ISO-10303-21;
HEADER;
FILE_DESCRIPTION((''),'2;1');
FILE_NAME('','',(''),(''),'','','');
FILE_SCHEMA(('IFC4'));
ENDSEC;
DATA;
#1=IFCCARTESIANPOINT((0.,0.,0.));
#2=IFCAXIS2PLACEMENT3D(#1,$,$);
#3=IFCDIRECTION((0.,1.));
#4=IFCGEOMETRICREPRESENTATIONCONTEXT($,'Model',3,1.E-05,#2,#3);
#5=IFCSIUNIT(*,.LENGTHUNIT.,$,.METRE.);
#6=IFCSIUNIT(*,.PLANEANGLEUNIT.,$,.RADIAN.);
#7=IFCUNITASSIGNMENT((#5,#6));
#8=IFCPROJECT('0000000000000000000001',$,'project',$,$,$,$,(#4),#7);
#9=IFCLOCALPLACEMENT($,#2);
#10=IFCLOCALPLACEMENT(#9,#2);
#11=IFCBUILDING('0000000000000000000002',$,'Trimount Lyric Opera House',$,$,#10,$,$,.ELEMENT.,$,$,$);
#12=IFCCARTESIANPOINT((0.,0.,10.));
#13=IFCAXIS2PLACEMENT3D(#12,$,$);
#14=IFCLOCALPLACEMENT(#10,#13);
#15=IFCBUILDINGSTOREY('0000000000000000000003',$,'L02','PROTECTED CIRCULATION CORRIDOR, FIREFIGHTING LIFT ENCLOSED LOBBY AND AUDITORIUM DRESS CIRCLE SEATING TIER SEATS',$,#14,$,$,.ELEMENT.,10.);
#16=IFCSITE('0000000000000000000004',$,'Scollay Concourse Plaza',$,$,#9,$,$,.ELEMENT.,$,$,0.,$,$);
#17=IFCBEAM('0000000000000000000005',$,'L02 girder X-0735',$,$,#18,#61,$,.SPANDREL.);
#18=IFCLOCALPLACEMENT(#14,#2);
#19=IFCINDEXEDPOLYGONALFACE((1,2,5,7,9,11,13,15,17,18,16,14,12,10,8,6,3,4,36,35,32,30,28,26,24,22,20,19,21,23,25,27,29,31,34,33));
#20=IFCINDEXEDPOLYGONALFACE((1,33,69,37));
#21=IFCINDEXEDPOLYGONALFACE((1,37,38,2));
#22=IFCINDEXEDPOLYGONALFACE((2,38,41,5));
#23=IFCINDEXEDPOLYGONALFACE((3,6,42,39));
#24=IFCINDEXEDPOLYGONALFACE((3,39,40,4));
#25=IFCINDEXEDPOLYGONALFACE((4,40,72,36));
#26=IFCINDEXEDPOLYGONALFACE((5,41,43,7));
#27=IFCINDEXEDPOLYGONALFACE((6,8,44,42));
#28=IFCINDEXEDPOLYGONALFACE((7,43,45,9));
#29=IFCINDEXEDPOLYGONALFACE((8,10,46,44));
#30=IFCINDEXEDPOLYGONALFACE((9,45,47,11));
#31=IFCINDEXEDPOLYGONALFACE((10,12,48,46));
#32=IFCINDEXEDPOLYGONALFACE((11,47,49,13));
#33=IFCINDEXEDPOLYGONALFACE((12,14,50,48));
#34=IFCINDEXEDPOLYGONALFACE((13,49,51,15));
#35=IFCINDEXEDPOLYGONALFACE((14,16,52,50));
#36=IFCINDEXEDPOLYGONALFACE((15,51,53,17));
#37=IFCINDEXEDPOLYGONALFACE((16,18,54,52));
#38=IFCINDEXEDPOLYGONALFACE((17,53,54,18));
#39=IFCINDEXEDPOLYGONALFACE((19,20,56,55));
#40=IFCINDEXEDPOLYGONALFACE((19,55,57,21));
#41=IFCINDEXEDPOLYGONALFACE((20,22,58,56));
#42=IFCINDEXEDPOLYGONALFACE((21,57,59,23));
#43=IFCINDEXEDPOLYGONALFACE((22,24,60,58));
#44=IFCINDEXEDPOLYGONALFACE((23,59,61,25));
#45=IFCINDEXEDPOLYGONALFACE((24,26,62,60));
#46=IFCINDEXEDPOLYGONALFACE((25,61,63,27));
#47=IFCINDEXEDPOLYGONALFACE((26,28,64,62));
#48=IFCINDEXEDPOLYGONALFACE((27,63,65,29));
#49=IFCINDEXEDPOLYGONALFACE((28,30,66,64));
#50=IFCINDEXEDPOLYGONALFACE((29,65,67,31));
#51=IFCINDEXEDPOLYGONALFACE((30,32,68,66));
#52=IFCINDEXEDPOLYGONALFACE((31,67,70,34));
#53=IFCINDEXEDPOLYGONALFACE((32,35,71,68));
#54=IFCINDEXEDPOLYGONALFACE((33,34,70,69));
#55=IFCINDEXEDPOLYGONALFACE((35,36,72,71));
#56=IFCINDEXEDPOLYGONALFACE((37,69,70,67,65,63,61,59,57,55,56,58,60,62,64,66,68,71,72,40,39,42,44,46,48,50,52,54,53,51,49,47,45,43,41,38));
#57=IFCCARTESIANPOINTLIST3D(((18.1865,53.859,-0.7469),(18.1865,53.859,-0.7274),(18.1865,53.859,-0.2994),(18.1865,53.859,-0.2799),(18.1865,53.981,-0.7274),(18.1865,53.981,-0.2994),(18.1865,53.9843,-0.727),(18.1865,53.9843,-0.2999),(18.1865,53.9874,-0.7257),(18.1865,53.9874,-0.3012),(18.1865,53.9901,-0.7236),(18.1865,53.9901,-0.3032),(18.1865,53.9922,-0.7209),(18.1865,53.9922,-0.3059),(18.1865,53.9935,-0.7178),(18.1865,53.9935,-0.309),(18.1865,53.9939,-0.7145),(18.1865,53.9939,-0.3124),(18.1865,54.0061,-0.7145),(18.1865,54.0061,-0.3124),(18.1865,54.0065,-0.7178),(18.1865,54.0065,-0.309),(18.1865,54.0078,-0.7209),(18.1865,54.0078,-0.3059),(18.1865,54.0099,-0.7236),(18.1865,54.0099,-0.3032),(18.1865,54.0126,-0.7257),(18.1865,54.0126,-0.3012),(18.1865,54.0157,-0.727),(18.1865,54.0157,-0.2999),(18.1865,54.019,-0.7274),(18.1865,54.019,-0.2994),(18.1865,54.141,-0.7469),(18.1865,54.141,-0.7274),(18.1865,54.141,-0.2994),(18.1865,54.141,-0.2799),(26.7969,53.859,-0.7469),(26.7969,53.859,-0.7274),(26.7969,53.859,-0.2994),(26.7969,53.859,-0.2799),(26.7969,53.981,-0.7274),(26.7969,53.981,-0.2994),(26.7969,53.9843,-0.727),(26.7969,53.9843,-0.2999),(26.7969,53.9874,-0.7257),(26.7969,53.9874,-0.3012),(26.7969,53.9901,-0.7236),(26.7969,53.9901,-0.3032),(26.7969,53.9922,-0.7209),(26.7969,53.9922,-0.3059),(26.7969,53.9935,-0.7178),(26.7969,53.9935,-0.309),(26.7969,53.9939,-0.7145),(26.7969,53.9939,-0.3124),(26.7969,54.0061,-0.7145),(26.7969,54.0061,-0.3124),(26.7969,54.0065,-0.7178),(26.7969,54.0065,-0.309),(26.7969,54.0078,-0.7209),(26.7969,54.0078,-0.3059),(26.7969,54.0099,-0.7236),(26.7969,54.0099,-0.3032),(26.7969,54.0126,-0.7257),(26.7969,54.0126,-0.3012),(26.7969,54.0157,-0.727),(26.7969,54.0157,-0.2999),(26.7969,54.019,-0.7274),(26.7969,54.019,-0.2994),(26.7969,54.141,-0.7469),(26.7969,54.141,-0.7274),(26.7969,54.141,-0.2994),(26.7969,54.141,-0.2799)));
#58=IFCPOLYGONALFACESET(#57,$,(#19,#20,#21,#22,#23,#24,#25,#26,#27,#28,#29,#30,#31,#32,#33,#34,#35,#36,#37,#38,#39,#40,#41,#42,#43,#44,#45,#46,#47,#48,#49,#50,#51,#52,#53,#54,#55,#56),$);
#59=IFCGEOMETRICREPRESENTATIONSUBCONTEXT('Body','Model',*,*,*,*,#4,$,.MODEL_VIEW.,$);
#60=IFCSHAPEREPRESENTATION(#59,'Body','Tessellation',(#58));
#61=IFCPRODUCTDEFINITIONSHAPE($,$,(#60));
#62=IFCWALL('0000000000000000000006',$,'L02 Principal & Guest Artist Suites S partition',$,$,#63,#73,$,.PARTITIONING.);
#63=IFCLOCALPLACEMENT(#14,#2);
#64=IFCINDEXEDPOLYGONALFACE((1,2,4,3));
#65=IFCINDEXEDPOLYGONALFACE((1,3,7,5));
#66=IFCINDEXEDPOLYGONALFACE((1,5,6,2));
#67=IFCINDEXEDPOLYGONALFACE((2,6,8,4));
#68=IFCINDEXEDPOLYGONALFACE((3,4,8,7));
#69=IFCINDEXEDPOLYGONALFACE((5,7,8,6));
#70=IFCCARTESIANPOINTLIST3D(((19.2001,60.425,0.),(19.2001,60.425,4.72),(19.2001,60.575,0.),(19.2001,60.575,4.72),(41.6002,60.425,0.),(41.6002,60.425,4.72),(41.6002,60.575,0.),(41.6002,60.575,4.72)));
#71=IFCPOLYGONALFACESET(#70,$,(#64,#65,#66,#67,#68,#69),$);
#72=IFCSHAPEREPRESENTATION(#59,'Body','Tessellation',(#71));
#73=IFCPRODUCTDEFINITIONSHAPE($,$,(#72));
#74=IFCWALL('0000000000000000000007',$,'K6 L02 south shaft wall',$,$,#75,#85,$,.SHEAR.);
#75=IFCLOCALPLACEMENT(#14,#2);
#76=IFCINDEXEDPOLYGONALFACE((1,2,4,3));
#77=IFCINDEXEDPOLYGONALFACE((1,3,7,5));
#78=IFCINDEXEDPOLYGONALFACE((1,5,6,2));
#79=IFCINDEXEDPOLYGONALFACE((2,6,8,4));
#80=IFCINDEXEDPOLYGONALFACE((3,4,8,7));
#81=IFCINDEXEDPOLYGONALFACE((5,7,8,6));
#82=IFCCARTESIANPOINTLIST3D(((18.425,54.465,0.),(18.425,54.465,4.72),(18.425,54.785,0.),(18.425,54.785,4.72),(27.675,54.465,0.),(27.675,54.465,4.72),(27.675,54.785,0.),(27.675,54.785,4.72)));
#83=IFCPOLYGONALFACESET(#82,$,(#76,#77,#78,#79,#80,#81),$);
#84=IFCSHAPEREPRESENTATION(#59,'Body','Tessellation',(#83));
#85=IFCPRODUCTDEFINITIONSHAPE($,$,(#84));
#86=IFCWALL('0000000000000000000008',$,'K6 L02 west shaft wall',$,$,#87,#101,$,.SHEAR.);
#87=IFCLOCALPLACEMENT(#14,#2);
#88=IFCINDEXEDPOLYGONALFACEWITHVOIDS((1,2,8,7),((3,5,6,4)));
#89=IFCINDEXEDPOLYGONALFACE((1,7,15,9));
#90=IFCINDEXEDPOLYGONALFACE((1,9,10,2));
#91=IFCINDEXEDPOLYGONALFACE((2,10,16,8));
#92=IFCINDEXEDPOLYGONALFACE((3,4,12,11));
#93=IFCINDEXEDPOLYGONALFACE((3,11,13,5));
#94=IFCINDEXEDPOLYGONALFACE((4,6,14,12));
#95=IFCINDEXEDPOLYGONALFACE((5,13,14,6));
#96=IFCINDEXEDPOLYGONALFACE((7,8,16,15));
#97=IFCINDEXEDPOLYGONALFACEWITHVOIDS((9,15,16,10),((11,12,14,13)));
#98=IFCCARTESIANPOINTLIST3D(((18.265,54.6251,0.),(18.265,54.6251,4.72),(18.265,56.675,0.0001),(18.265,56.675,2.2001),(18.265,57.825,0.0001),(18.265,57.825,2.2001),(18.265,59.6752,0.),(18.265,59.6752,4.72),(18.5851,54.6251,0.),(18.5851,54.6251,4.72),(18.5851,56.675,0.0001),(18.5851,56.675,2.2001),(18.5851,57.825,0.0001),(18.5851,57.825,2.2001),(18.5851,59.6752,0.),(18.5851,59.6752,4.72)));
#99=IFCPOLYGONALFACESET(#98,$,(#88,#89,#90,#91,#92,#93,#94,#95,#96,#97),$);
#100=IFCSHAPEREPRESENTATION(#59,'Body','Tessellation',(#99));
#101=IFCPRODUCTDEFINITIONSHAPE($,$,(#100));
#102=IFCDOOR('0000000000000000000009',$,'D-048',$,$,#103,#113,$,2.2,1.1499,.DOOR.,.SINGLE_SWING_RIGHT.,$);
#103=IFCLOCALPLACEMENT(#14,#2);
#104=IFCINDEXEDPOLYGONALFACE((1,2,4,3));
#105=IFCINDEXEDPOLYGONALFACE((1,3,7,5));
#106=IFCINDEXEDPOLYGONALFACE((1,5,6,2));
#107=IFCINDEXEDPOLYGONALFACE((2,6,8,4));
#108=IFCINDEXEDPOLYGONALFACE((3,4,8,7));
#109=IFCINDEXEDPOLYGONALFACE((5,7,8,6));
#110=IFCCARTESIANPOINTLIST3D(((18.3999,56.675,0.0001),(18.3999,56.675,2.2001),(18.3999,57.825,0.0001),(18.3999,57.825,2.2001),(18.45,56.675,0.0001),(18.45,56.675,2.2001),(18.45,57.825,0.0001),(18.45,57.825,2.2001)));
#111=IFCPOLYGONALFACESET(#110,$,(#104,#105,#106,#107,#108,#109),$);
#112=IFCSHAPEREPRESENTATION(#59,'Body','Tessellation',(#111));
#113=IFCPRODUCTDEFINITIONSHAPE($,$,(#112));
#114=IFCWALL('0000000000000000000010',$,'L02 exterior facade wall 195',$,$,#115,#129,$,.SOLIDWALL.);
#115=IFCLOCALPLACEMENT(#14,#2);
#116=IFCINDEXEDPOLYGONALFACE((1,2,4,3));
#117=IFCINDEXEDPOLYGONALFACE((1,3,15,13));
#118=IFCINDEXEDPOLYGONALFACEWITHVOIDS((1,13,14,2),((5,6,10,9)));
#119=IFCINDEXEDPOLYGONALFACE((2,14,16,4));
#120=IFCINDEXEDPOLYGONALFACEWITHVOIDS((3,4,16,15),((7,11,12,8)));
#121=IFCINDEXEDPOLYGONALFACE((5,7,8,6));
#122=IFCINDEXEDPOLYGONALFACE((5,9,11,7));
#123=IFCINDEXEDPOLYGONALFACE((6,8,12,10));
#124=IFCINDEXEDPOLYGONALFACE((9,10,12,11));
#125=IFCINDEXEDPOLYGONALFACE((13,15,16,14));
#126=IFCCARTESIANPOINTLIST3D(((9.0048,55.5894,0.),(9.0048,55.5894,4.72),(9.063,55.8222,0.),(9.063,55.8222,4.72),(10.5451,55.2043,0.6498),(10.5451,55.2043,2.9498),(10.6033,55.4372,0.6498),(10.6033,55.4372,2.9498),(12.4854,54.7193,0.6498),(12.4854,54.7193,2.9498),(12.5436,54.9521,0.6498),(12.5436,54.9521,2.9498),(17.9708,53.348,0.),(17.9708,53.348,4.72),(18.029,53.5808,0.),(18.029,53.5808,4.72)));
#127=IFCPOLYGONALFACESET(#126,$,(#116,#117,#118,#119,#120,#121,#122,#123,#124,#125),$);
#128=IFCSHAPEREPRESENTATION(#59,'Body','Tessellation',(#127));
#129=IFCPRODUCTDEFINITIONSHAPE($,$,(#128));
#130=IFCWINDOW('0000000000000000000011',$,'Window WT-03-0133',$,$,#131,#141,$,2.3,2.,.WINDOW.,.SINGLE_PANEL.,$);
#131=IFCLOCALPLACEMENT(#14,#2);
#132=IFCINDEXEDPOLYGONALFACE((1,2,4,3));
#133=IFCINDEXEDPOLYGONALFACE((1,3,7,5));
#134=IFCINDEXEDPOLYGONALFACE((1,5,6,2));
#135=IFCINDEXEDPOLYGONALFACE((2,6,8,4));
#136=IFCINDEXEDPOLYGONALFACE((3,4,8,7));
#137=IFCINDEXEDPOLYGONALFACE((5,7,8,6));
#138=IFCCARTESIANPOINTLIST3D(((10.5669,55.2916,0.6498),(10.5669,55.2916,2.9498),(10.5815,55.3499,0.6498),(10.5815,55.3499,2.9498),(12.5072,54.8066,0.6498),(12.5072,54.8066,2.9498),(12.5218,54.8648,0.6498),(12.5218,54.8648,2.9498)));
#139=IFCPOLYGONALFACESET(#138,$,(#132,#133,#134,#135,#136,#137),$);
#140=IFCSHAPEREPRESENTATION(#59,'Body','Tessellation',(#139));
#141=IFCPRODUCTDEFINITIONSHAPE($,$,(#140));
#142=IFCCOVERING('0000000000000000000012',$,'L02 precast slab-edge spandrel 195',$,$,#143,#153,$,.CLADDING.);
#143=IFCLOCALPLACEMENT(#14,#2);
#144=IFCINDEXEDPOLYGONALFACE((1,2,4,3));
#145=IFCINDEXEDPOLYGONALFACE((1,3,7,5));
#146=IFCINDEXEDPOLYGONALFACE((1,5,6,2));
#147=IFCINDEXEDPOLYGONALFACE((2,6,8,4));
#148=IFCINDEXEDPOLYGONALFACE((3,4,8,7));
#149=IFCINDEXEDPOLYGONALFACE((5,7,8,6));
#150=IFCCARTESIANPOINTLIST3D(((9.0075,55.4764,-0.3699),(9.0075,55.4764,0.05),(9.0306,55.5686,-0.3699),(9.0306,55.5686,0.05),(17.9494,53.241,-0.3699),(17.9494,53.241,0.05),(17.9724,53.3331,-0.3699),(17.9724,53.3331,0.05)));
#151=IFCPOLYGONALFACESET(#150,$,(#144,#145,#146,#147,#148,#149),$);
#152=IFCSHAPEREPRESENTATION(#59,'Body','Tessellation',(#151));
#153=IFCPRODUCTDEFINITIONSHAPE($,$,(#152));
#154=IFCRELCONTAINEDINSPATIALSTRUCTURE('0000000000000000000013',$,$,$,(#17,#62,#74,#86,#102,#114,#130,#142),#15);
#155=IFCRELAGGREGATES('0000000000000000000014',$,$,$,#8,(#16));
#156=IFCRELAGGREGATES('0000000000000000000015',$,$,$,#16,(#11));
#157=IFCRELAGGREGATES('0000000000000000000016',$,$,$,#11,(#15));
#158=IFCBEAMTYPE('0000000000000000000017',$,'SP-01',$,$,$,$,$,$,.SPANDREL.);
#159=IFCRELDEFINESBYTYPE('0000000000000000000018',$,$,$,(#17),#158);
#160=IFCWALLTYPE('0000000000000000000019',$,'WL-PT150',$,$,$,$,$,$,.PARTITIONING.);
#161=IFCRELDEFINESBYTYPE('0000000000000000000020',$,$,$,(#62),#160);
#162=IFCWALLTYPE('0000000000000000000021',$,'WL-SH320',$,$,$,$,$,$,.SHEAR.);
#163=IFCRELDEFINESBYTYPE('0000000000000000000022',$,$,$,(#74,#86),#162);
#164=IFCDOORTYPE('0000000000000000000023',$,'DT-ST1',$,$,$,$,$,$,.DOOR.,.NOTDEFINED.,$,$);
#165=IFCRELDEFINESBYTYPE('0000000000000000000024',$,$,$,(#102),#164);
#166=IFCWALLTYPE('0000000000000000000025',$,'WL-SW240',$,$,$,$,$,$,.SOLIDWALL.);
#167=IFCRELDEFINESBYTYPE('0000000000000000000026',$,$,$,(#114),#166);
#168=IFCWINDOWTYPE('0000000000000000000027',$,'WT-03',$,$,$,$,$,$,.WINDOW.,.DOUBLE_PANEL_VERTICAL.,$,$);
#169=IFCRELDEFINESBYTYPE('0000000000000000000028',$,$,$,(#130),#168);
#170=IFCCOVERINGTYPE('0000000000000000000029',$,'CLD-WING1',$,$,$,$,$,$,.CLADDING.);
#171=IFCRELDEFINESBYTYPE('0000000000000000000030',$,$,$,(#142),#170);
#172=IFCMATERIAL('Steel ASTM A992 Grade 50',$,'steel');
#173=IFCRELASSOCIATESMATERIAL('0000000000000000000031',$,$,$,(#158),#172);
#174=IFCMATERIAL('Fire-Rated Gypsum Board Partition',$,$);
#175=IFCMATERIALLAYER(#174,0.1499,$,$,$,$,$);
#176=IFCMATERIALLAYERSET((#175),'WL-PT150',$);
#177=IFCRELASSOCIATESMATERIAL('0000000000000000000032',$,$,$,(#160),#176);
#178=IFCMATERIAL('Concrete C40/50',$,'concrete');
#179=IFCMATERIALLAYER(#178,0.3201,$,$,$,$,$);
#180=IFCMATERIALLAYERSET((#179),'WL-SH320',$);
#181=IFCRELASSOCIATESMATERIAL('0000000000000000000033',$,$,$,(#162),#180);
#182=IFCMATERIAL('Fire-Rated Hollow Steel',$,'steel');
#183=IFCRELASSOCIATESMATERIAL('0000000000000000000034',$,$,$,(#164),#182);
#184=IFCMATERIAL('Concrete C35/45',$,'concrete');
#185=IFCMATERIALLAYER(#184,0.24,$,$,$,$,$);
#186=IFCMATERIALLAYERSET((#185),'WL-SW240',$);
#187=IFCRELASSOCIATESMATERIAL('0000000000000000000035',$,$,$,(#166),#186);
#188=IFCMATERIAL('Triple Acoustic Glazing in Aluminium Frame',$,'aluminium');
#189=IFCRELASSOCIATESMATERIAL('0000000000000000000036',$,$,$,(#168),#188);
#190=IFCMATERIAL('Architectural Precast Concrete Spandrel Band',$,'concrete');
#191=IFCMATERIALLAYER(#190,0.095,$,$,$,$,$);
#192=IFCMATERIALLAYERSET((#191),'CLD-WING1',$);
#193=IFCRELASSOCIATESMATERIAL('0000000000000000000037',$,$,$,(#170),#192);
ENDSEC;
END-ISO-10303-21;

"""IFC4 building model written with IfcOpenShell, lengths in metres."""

from ifc_helpers import new_model, si_unit, direction, frame, frame_2d, origin, origin_2d, place, context, subcontext, project, spatial, rectangle, i_section, extrude, material, layer, layer_set, material_profile, profile_set, type_object, element, fill, save


model = new_model("IFC4")

# Units and contexts
model_context = context("Model", 3, precision=1e-05, world=origin(), true_north=direction((0.0, 1.0)))
body_context = subcontext(model_context, "Body", "Model", "MODEL_VIEW")
ifc_project = project(units=[si_unit("LENGTHUNIT", "METRE"), si_unit("PLANEANGLEUNIT", "RADIAN")], contexts=[model_context])

# Site, building, storey
site_placement = place(None, origin())
site = spatial("IfcSite", under=ifc_project, at=site_placement, Name="Scollay Concourse Plaza", CompositionType="ELEMENT", RefElevation=0.0)
building_placement = place(site_placement, origin())
building = spatial("IfcBuilding", under=site, at=building_placement, Name="Trimount Lyric Opera House", CompositionType="ELEMENT")
storey_placement = place(building_placement, frame((0.0, 0.0, 10.0)))
storey = spatial("IfcBuildingStorey", under=building, at=storey_placement, Name="L02", Description="PROTECTED CIRCULATION CORRIDOR, FIREFIGHTING LIFT ENCLOSED LOBBY AND AUDITORIUM DRESS CIRCLE SEATING TIER SEATS", CompositionType="ELEMENT", Elevation=10.0)

# Beam
ifc_material_1 = material(Name="Steel ASTM A992 Grade 50", Category="steel")
ifc_material_profile_1 = material_profile(ifc_material_1, i_section(OverallWidth=0.282, OverallDepth=0.467, WebThickness=0.0122, FlangeThickness=0.0195, FilletRadius=0.0129, at=origin_2d()), Name="W18X86")
ifc_profile_set_1 = profile_set([ifc_material_profile_1], Name="Steel ASTM A992 Grade 50")
beam_type_1 = type_object("IfcBeamType", Name="SP-01", PredefinedType="SPANDREL", material=ifc_profile_set_1)
beam_1_placement = place(storey_placement, frame((18.1865, 54.0, -0.5134), z_axis=(1.0, 0.0, 0.0), x_axis=(0.0, 1.0, 0.0)))
element("IfcBeam", 1, at=beam_1_placement, inside=storey, type_object=beam_type_1, Name="L02 girder X-0735", PredefinedType="SPANDREL", context=body_context, shape_type="SweptSolid", body=[
    extrude(i_section(OverallWidth=0.282, OverallDepth=0.467, WebThickness=0.0122, FlangeThickness=0.0195, FilletRadius=0.0129, at=origin_2d()), origin(), (0.0, 0.0, 1.0), 8.6104),
])

# Walls
ifc_material_2 = material(Name="Fire-Rated Gypsum Board Partition")
ifc_layer_1 = layer(ifc_material_2, 0.1499)
ifc_layer_set_1 = layer_set([ifc_layer_1], Name="WL-PT150")
wall_type_1 = type_object("IfcWallType", Name="WL-PT150", PredefinedType="PARTITIONING", material=ifc_layer_set_1)
wall_1_placement = place(storey_placement, frame((19.2, 60.5, 0.0), z_axis=(0.0, 0.0, 1.0), x_axis=(1.0, 0.0, 0.0)))
element("IfcWall", 2, at=wall_1_placement, inside=storey, type_object=wall_type_1, Name="L02 Principal & Guest Artist Suites S partition", PredefinedType="PARTITIONING", context=body_context, shape_type="SweptSolid", body=[
    extrude(rectangle(XDim=22.4001, YDim=0.1499, at=frame_2d((11.2002, 0.0))), origin(), (0.0, 0.0, 1.0), 4.72),
])
ifc_material_3 = material(Name="Concrete C40/50", Category="concrete")
ifc_layer_2 = layer(ifc_material_3, 0.3201)
ifc_layer_set_2 = layer_set([ifc_layer_2], Name="WL-SH320")
wall_type_2 = type_object("IfcWallType", Name="WL-SH320", PredefinedType="SHEAR", material=ifc_layer_set_2)
wall_2_placement = place(storey_placement, frame((18.425, 54.625, 0.0), z_axis=(0.0, 0.0, 1.0), x_axis=(1.0, 0.0, 0.0)))
element("IfcWall", 3, at=wall_2_placement, inside=storey, type_object=wall_type_2, Name="K6 L02 south shaft wall", PredefinedType="SHEAR", context=body_context, shape_type="SweptSolid", body=[
    extrude(rectangle(XDim=9.25, YDim=0.3201, at=frame_2d((4.625, 0.0))), origin(), (0.0, 0.0, 1.0), 4.72),
])

# Wall, opening, door
wall_3_placement = place(storey_placement, frame((18.425, 59.675, 0.0), z_axis=(0.0, 0.0, 1.0), x_axis=(0.0, -1.0, 0.0)))
wall_3 = element("IfcWall", 4, at=wall_3_placement, inside=storey, type_object=wall_type_2, Name="K6 L02 west shaft wall", PredefinedType="SHEAR", context=body_context, shape_type="SweptSolid", body=[
    extrude(rectangle(XDim=5.05, YDim=0.3201, at=frame_2d((2.5249, 0.0))), origin(), (0.0, 0.0, 1.0), 4.72),
])
opening_1_placement = place(wall_3_placement, frame((1.8501, 0.0, 0.0)))
opening_1 = element("IfcOpeningElement", 5, at=opening_1_placement, cuts=wall_3, PredefinedType="OPENING", context=body_context, shape_type="SweptSolid", body=[
    extrude(rectangle(XDim=1.1499, YDim=2.2, at=frame_2d((0.575, 1.1001))), frame((0.0, 0.1699, 0.0), z_axis=(0.0, -1.0, 0.0), x_axis=(1.0, 0.0, 0.0)), (0.0, 0.0, 1.0), 0.3401),
])
ifc_material_4 = material(Name="Fire-Rated Hollow Steel", Category="steel")
door_type = type_object("IfcDoorType", Name="DT-ST1", OperationType="NOTDEFINED", PredefinedType="DOOR", material=ifc_material_4)
door_placement = place(opening_1_placement, origin())
door = element("IfcDoor", 6, at=door_placement, inside=storey, type_object=door_type, Name="D-048", OperationType="SINGLE_SWING_RIGHT", OverallHeight=2.2, OverallWidth=1.1499, PredefinedType="DOOR", context=body_context, shape_type="SweptSolid", body=[
    extrude(rectangle(XDim=1.1499, YDim=2.2, at=frame_2d((0.575, 1.1001))), frame((0.0, 0.0249, 0.0), z_axis=(0.0, -1.0, 0.0), x_axis=(1.0, 0.0, 0.0)), (0.0, 0.0, 1.0), 0.05),
])
fill(opening_1, door)

# Wall, opening, window
ifc_material_5 = material(Name="Concrete C35/45", Category="concrete")
ifc_layer_3 = layer(ifc_material_5, 0.24)
ifc_layer_set_3 = layer_set([ifc_layer_3], Name="WL-SW240")
wall_type_3 = type_object("IfcWallType", Name="WL-SW240", PredefinedType="SOLIDWALL", material=ifc_layer_set_3)
wall_4_placement = place(storey_placement, frame((18.0, 53.4644, 0.0), z_axis=(0.0, 0.0, 1.0), x_axis=(-0.970144, 0.242529, 0.0)))
wall_4 = element("IfcWall", 7, at=wall_4_placement, inside=storey, type_object=wall_type_3, Name="L02 exterior facade wall 195", PredefinedType="SOLIDWALL", context=body_context, shape_type="SweptSolid", body=[
    extrude(rectangle(XDim=9.2419, YDim=0.24, at=frame_2d((4.6211, 0.0))), origin(), (0.0, 0.0, 1.0), 4.72),
])
opening_2_placement = place(wall_4_placement, frame((5.6543, 0.0, 0.6499)))
opening_2 = element("IfcOpeningElement", 8, at=opening_2_placement, cuts=wall_4, PredefinedType="OPENING", context=body_context, shape_type="SweptSolid", body=[
    extrude(rectangle(XDim=2.0, YDim=2.3, at=frame_2d((1.0, 1.1499))), frame((0.0, 0.1299, 0.0), z_axis=(0.0, -1.0, 0.0), x_axis=(1.0, 0.0, 0.0)), (0.0, 0.0, 1.0), 0.26),
])
ifc_material_6 = material(Name="Triple Acoustic Glazing in Aluminium Frame", Category="aluminium")
window_type = type_object("IfcWindowType", Name="WT-03", PartitioningType="DOUBLE_PANEL_VERTICAL", PredefinedType="WINDOW", material=ifc_material_6)
window_placement = place(opening_2_placement, origin())
window = element("IfcWindow", 9, at=window_placement, inside=storey, type_object=window_type, Name="Window WT-03-0133", OverallHeight=2.3, OverallWidth=2.0, PartitioningType="SINGLE_PANEL", PredefinedType="WINDOW", context=body_context, shape_type="SweptSolid", body=[
    extrude(rectangle(XDim=2.0, YDim=2.3, at=frame_2d((1.0, 1.1499))), frame((0.0, 0.03, 0.0), z_axis=(0.0, -1.0, 0.0), x_axis=(1.0, 0.0, 0.0)), (0.0, 0.0, 1.0), 0.0601),
])
fill(opening_2, window)

# Covering
ifc_material_7 = material(Name="Architectural Precast Concrete Spandrel Band", Category="concrete")
ifc_layer_4 = layer(ifc_material_7, 0.095)
ifc_layer_set_4 = layer_set([ifc_layer_4], Name="CLD-WING1")
covering_type = type_object("IfcCoveringType", Name="CLD-WING1", PredefinedType="CLADDING", material=ifc_layer_set_4)
covering_placement = place(storey_placement, frame((13.49, 54.4048, -0.3699), z_axis=(0.0, 0.0, 1.0), x_axis=(-0.970144, 0.242532, 0.0)))
element("IfcCovering", 10, at=covering_placement, inside=storey, type_object=covering_type, Name="L02 precast slab-edge spandrel 195", PredefinedType="CLADDING", context=body_context, shape_type="SweptSolid", body=[
    extrude(rectangle(XDim=9.217, YDim=0.095, at=origin_2d()), origin(), (0.0, 0.0, 1.0), 0.4199),
])

save(model, "model.ifc")
